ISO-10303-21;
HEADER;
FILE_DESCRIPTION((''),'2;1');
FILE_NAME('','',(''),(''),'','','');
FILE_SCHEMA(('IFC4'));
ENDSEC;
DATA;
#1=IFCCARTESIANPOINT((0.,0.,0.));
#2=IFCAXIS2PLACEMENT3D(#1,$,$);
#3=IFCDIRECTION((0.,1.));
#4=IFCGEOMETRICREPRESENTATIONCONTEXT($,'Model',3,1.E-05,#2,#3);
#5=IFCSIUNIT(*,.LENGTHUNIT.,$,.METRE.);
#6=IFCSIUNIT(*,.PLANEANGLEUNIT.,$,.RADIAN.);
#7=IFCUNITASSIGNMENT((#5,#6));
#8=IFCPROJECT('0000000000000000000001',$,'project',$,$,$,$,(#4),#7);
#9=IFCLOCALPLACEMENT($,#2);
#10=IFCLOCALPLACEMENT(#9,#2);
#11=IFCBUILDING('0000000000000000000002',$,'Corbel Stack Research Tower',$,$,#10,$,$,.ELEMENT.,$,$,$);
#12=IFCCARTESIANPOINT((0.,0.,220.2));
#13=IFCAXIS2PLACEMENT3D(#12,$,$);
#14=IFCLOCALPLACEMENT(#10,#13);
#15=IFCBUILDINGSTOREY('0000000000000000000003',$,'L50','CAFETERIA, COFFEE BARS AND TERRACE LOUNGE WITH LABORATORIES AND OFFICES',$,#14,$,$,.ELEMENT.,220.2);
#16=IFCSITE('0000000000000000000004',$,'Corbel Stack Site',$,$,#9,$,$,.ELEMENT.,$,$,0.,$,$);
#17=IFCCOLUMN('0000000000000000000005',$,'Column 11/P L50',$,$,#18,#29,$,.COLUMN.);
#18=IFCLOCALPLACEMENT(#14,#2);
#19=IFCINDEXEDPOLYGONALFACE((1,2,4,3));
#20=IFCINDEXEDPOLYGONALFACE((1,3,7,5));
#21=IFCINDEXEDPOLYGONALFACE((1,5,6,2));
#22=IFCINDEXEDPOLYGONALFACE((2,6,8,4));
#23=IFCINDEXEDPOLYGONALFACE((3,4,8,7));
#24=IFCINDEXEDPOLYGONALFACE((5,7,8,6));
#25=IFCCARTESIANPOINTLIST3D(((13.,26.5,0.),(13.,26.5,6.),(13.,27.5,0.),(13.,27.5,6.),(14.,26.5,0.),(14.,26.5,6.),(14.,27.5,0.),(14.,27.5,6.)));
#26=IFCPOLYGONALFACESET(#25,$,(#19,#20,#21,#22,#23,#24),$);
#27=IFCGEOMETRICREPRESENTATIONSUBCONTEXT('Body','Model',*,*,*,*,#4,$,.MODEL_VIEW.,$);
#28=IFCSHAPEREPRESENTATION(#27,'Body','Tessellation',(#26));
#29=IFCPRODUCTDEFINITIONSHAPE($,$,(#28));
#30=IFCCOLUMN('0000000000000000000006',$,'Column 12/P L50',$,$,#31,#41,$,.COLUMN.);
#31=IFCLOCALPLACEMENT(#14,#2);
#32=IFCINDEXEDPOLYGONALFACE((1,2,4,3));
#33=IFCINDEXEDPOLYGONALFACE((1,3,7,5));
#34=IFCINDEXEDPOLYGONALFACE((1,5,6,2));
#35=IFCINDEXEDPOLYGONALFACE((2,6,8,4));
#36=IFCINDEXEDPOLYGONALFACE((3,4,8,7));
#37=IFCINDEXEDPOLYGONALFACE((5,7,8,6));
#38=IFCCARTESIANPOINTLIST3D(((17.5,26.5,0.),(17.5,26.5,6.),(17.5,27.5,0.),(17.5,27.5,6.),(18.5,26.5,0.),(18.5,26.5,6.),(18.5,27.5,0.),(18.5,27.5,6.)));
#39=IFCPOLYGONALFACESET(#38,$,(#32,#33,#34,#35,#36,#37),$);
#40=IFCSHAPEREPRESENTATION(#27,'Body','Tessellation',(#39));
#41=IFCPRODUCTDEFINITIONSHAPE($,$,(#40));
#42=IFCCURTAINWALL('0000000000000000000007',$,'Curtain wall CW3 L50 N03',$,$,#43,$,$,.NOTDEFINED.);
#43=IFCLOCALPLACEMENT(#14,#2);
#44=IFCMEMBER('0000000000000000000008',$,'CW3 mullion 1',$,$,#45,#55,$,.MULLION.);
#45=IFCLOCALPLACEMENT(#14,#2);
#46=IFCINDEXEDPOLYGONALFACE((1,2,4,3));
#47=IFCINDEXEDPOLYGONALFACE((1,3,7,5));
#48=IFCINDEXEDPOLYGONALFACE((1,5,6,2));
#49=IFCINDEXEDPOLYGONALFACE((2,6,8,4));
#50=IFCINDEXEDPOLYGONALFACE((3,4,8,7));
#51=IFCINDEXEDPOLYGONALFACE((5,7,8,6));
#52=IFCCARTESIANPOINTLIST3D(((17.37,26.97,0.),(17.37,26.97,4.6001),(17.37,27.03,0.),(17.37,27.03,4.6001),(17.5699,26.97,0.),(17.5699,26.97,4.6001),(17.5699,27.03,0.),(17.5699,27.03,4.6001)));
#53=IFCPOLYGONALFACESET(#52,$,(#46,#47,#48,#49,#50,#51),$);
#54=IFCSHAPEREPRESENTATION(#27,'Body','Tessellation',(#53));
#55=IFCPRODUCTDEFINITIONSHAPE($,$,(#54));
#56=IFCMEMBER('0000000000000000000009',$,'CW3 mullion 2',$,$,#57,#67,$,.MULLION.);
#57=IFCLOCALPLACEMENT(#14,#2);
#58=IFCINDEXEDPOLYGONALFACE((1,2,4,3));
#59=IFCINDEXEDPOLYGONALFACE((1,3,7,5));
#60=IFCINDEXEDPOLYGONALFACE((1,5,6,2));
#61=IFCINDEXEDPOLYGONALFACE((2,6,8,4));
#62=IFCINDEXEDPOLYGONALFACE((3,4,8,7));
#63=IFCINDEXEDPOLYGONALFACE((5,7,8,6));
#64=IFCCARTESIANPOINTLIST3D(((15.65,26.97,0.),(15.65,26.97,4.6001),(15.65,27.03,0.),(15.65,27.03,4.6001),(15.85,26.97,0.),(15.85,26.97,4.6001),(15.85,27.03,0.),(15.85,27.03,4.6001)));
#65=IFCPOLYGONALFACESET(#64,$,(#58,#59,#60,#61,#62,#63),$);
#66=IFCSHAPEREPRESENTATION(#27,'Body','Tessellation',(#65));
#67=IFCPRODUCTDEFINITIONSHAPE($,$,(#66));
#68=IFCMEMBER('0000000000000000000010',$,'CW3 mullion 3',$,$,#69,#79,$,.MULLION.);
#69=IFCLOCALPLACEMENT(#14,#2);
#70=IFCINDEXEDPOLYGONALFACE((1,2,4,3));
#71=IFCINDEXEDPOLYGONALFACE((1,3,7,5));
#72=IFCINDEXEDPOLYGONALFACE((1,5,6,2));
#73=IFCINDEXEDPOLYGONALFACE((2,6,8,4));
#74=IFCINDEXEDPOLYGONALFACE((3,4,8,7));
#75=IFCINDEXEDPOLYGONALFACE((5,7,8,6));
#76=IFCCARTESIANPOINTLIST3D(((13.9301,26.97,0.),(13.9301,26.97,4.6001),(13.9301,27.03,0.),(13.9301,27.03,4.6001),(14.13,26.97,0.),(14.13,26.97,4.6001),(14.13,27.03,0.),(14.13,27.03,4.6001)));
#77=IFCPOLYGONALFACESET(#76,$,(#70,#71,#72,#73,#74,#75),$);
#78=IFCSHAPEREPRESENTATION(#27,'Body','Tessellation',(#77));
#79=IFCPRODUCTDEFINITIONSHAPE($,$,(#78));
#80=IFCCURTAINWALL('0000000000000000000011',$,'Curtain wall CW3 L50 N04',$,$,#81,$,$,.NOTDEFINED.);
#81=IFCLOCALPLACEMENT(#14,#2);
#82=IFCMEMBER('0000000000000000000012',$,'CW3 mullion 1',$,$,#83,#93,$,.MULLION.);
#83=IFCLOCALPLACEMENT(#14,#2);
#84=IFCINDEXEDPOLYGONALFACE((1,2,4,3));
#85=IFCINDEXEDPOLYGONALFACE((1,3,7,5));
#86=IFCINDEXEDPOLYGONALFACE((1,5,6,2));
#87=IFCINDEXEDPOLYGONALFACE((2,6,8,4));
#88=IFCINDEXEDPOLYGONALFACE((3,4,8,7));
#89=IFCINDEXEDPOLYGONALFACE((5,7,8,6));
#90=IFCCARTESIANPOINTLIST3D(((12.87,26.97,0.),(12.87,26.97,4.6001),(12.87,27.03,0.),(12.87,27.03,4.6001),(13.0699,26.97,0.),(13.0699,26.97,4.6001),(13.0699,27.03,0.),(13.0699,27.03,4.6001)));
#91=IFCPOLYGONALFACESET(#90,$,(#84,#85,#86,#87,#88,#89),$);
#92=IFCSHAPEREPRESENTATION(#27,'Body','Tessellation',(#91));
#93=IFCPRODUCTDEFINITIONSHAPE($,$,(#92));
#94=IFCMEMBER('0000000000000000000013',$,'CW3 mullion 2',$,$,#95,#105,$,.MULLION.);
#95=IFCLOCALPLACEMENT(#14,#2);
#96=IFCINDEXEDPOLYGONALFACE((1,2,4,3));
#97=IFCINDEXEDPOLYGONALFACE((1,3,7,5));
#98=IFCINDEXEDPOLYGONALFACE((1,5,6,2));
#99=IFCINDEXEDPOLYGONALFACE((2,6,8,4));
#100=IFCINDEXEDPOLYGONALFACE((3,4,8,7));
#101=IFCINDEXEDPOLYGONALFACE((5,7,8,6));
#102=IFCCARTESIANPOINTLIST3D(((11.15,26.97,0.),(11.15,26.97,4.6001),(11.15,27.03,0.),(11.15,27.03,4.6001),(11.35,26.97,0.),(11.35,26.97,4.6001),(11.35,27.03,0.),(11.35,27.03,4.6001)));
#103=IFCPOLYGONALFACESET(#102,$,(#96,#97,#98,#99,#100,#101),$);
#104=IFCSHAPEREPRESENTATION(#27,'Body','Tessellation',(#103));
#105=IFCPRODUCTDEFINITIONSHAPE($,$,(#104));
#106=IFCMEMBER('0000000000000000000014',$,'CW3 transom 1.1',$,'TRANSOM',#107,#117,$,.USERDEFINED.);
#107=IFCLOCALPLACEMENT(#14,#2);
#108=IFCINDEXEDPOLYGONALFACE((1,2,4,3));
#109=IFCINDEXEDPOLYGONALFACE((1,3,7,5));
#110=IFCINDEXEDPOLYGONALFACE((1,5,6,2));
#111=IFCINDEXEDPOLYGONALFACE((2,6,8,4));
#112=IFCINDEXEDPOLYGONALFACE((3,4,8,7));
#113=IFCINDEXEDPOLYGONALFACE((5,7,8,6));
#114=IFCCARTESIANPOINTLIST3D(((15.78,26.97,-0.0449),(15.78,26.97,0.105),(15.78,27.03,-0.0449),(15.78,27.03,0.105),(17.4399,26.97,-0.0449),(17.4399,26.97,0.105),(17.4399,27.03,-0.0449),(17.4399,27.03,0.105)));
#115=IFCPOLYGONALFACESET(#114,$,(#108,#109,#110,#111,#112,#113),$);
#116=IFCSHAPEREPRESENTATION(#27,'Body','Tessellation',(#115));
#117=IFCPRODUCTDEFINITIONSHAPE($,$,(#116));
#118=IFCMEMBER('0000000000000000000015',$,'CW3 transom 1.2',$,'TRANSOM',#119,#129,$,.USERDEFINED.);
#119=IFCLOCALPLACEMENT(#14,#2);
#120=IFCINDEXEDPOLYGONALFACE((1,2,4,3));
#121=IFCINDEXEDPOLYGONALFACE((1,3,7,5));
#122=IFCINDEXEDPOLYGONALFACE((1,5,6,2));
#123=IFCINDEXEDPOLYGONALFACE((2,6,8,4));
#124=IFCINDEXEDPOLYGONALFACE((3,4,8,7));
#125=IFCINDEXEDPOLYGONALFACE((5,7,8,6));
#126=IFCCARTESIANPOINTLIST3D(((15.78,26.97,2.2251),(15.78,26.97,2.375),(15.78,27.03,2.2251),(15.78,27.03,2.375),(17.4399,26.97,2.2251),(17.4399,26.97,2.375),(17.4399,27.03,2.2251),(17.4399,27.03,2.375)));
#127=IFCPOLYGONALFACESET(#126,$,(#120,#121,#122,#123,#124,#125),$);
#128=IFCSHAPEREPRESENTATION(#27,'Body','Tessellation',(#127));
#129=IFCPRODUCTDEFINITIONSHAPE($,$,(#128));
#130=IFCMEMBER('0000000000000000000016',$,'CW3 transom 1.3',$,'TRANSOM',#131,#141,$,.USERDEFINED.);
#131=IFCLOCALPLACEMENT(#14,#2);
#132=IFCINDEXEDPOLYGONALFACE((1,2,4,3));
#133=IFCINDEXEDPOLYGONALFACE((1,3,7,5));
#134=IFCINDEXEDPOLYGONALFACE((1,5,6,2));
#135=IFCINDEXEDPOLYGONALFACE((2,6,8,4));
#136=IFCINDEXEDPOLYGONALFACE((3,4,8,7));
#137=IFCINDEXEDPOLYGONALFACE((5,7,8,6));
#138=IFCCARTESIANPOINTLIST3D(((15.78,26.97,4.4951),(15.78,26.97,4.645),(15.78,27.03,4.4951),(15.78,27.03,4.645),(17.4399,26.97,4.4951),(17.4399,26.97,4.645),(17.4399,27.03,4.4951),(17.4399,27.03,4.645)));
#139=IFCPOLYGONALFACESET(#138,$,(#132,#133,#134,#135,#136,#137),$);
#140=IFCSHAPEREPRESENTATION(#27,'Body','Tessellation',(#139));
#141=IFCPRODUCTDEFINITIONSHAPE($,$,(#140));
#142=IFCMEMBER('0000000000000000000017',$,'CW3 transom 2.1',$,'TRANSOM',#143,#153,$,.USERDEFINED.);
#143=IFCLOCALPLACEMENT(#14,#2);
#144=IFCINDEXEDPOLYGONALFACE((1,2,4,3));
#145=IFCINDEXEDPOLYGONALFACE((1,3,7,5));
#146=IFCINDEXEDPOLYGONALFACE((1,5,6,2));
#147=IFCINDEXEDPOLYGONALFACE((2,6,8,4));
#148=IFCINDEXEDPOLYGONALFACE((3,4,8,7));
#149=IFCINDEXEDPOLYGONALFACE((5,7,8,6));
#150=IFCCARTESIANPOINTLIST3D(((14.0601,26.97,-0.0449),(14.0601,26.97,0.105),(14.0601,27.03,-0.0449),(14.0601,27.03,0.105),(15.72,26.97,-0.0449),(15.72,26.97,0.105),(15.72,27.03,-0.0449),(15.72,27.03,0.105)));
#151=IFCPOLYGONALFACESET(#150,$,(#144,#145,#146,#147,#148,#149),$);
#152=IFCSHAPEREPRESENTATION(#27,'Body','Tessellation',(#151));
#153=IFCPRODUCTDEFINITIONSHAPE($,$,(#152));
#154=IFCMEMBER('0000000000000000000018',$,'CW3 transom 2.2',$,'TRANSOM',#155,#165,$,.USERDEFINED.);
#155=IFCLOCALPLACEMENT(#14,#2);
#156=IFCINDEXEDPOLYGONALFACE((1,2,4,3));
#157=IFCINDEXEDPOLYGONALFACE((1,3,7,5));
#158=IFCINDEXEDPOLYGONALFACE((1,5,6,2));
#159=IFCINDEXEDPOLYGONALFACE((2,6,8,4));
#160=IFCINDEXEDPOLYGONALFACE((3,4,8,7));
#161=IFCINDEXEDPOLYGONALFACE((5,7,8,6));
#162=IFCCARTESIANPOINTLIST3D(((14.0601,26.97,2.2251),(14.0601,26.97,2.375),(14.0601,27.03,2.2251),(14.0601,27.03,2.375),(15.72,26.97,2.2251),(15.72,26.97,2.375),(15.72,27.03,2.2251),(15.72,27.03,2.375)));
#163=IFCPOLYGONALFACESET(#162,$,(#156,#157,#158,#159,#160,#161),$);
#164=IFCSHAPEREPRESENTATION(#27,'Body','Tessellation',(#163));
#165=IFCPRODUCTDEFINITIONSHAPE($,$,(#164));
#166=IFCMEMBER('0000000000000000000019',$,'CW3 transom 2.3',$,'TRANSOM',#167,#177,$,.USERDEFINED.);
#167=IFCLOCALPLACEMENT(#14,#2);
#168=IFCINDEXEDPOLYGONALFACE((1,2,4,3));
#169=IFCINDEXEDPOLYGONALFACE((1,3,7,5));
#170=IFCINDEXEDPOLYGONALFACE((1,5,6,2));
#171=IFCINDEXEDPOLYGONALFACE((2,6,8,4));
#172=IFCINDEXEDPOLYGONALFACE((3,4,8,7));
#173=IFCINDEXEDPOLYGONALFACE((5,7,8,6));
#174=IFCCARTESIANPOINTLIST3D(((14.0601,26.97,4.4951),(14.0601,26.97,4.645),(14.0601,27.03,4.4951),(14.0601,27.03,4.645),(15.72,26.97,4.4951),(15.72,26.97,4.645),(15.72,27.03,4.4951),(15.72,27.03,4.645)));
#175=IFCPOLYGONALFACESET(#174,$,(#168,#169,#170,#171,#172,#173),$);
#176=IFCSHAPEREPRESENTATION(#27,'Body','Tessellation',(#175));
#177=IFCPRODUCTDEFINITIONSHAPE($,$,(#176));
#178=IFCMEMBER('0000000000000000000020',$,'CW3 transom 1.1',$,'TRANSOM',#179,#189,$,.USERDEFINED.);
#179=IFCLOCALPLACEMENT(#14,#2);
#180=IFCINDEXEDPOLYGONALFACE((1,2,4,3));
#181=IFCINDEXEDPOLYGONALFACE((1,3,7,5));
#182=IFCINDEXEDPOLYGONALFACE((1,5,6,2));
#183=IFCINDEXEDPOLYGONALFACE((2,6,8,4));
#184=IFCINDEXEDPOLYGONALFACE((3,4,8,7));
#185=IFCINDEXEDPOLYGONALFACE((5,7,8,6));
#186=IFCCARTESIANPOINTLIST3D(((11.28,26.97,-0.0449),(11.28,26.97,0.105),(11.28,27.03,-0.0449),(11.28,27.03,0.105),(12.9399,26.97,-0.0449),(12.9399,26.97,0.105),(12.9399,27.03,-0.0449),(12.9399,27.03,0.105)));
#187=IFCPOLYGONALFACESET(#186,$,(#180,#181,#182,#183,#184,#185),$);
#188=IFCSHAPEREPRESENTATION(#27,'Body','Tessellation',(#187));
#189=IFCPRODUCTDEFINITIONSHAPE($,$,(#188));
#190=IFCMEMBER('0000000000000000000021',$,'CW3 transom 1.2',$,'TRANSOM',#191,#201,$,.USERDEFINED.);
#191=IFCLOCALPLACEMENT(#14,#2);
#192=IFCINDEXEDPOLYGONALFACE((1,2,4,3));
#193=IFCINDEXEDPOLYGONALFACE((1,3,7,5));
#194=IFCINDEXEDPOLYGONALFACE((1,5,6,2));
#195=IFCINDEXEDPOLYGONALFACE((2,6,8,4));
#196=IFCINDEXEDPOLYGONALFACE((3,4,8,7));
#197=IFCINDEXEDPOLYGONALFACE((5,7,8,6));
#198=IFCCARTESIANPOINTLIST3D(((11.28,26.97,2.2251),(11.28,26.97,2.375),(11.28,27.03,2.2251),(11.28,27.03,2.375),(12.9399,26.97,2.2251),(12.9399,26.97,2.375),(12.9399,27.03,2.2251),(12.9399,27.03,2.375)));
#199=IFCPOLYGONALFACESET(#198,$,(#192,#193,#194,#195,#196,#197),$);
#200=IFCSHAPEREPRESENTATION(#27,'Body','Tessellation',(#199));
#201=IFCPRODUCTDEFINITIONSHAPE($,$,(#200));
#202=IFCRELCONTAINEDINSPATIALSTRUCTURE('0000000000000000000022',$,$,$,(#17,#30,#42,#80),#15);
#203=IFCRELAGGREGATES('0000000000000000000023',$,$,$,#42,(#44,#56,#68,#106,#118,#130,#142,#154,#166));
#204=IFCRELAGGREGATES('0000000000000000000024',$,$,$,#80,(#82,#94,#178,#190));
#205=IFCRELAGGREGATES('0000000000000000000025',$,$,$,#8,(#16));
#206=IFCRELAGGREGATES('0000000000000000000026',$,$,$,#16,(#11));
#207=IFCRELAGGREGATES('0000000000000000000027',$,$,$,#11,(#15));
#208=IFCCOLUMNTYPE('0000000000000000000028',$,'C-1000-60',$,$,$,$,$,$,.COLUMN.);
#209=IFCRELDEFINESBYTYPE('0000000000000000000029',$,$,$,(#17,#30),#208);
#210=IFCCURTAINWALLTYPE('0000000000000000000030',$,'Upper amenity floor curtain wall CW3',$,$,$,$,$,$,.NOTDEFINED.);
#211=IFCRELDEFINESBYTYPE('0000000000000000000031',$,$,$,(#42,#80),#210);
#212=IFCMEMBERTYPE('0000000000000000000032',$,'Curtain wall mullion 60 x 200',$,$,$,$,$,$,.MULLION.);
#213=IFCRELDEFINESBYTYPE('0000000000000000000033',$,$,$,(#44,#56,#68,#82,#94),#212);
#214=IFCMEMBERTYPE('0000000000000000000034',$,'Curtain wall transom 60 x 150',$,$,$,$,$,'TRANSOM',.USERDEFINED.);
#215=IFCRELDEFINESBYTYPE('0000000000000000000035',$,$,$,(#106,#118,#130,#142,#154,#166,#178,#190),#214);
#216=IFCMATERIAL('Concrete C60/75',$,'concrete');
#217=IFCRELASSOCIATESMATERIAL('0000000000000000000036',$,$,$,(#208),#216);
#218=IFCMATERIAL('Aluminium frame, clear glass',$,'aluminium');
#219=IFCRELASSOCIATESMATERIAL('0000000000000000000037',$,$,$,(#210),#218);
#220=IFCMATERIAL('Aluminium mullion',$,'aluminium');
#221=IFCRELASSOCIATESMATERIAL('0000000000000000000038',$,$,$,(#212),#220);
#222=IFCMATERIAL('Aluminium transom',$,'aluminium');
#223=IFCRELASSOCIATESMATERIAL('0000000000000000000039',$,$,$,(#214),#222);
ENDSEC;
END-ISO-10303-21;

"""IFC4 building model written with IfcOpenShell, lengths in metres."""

from ifc_helpers import new_model, si_unit, direction, frame, origin, origin_2d, place, context, subcontext, project, spatial, rectangle, extrude, material, material_profile, profile_set, type_object, element, aggregate, save


model = new_model("IFC4")

# Units and contexts
model_context = context("Model", 3, precision=1e-05, world=origin(), true_north=direction((0.0, 1.0)))
body_context = subcontext(model_context, "Body", "Model", "MODEL_VIEW")
ifc_project = project(units=[si_unit("LENGTHUNIT", "METRE"), si_unit("PLANEANGLEUNIT", "RADIAN")], contexts=[model_context])

# Site, building, storey
site_placement = place(None, origin())
site = spatial("IfcSite", under=ifc_project, at=site_placement, Name="Corbel Stack Site", CompositionType="ELEMENT", RefElevation=0.0)
building_placement = place(site_placement, origin())
building = spatial("IfcBuilding", under=site, at=building_placement, Name="Corbel Stack Research Tower", CompositionType="ELEMENT")
storey_placement = place(building_placement, frame((0.0, 0.0, 220.2)))
storey = spatial("IfcBuildingStorey", under=building, at=storey_placement, Name="L50", Description="CAFETERIA, COFFEE BARS AND TERRACE LOUNGE WITH LABORATORIES AND OFFICES", CompositionType="ELEMENT", Elevation=220.2)

# Columns
ifc_material_1 = material(Name="Concrete C60/75", Category="concrete")
ifc_material_profile_1 = material_profile(ifc_material_1, rectangle(XDim=1.0, YDim=1.0, at=origin_2d()), Name="RC 1000 x 1000")
ifc_profile_set_1 = profile_set([ifc_material_profile_1], Name="Concrete C60/75")
column_type = type_object("IfcColumnType", Name="C-1000-60", PredefinedType="COLUMN", material=ifc_profile_set_1)
for number, where, z_axis, x_axis, name in (
    (1, (13.5, 27.0, 0.0), (0.0, 0.0, 1.0), (1.0, 0.0, 0.0), "Column 11/P L50"),
    (2, (18.0, 27.0, 0.0), (0.0, 0.0, 1.0), (1.0, 0.0, 0.0), "Column 12/P L50"),
):
    element("IfcColumn", number, at=place(storey_placement, frame(where, z_axis=z_axis, x_axis=x_axis)), inside=storey, type_object=column_type, Name=name, PredefinedType="COLUMN", context=body_context, shape_type="SweptSolid", body=[
        extrude(rectangle(XDim=1.0, YDim=1.0, at=origin_2d()), origin(), (0.0, 0.0, 1.0), 6.0),
    ])

# Curtain walls, members
ifc_material_2 = material(Name="Aluminium frame, clear glass", Category="aluminium")
curtain_wall_type = type_object("IfcCurtainWallType", Name="Upper amenity floor curtain wall CW3", PredefinedType="NOTDEFINED", material=ifc_material_2)
curtain_wall_1_placement = place(storey_placement, origin())
curtain_wall_1 = element("IfcCurtainWall", 3, at=curtain_wall_1_placement, inside=storey, type_object=curtain_wall_type, Name="Curtain wall CW3 L50 N03", PredefinedType="NOTDEFINED")
ifc_material_3 = material(Name="Aluminium mullion", Category="aluminium")
ifc_material_profile_2 = material_profile(ifc_material_3, rectangle(XDim=0.0601, YDim=0.2, at=origin_2d()), Name="Mullion 60 x 200")
ifc_profile_set_2 = profile_set([ifc_material_profile_2], Name="Aluminium mullion")
member_type_1 = type_object("IfcMemberType", Name="Curtain wall mullion 60 x 200", PredefinedType="MULLION", material=ifc_profile_set_2)
member_1_placement = place(storey_placement, frame((17.47, 27.0, 0.0), z_axis=(0.0, 0.0, 1.0), x_axis=(0.0, -1.0, 0.0)))
member_1 = element("IfcMember", 4, at=member_1_placement, type_object=member_type_1, Name="CW3 mullion 1", PredefinedType="MULLION", context=body_context, shape_type="SweptSolid", body=[
    extrude(rectangle(XDim=0.0601, YDim=0.2, at=origin_2d()), origin(), (0.0, 0.0, 1.0), 4.6001),
])
member_2_placement = place(storey_placement, frame((15.75, 27.0, 0.0), z_axis=(0.0, 0.0, 1.0), x_axis=(0.0, -1.0, 0.0)))
member_2 = element("IfcMember", 5, at=member_2_placement, type_object=member_type_1, Name="CW3 mullion 2", PredefinedType="MULLION", context=body_context, shape_type="SweptSolid", body=[
    extrude(rectangle(XDim=0.0601, YDim=0.2, at=origin_2d()), origin(), (0.0, 0.0, 1.0), 4.6001),
])
member_3_placement = place(storey_placement, frame((14.03, 27.0, 0.0), z_axis=(0.0, 0.0, 1.0), x_axis=(0.0, -1.0, 0.0)))
member_3 = element("IfcMember", 6, at=member_3_placement, type_object=member_type_1, Name="CW3 mullion 3", PredefinedType="MULLION", context=body_context, shape_type="SweptSolid", body=[
    extrude(rectangle(XDim=0.0601, YDim=0.2, at=origin_2d()), origin(), (0.0, 0.0, 1.0), 4.6001),
])
curtain_wall_2_placement = place(storey_placement, origin())
curtain_wall_2 = element("IfcCurtainWall", 7, at=curtain_wall_2_placement, inside=storey, type_object=curtain_wall_type, Name="Curtain wall CW3 L50 N04", PredefinedType="NOTDEFINED")
member_4_placement = place(storey_placement, frame((12.97, 27.0, 0.0), z_axis=(0.0, 0.0, 1.0), x_axis=(0.0, -1.0, 0.0)))
member_4 = element("IfcMember", 8, at=member_4_placement, type_object=member_type_1, Name="CW3 mullion 1", PredefinedType="MULLION", context=body_context, shape_type="SweptSolid", body=[
    extrude(rectangle(XDim=0.0601, YDim=0.2, at=origin_2d()), origin(), (0.0, 0.0, 1.0), 4.6001),
])
member_5_placement = place(storey_placement, frame((11.25, 27.0, 0.0), z_axis=(0.0, 0.0, 1.0), x_axis=(0.0, -1.0, 0.0)))
member_5 = element("IfcMember", 9, at=member_5_placement, type_object=member_type_1, Name="CW3 mullion 2", PredefinedType="MULLION", context=body_context, shape_type="SweptSolid", body=[
    extrude(rectangle(XDim=0.0601, YDim=0.2, at=origin_2d()), origin(), (0.0, 0.0, 1.0), 4.6001),
])

# Members
ifc_material_4 = material(Name="Aluminium transom", Category="aluminium")
ifc_material_profile_3 = material_profile(ifc_material_4, rectangle(XDim=0.0601, YDim=0.1499, at=origin_2d()), Name="Transom 60 x 150")
ifc_profile_set_3 = profile_set([ifc_material_profile_3], Name="Aluminium transom")
member_type_2 = type_object("IfcMemberType", Name="Curtain wall transom 60 x 150", ElementType="TRANSOM", PredefinedType="USERDEFINED", material=ifc_profile_set_3)
member_6_placement = place(storey_placement, frame((17.4399, 27.0, 0.03), z_axis=(-1.0, 0.0, 0.0), x_axis=(0.0, -1.0, 0.0)))
member_6 = element("IfcMember", 10, at=member_6_placement, type_object=member_type_2, Name="CW3 transom 1.1", ObjectType="TRANSOM", PredefinedType="USERDEFINED", context=body_context, shape_type="SweptSolid", body=[
    extrude(rectangle(XDim=0.0601, YDim=0.1499, at=origin_2d()), origin(), (0.0, 0.0, 1.0), 1.6599),
])
member_7_placement = place(storey_placement, frame((17.4399, 27.0, 2.3), z_axis=(-1.0, 0.0, 0.0), x_axis=(0.0, -1.0, 0.0)))
member_7 = element("IfcMember", 11, at=member_7_placement, type_object=member_type_2, Name="CW3 transom 1.2", ObjectType="TRANSOM", PredefinedType="USERDEFINED", context=body_context, shape_type="SweptSolid", body=[
    extrude(rectangle(XDim=0.0601, YDim=0.1499, at=origin_2d()), origin(), (0.0, 0.0, 1.0), 1.6599),
])
member_8_placement = place(storey_placement, frame((17.4399, 27.0, 4.5701), z_axis=(-1.0, 0.0, 0.0), x_axis=(0.0, -1.0, 0.0)))
member_8 = element("IfcMember", 12, at=member_8_placement, type_object=member_type_2, Name="CW3 transom 1.3", ObjectType="TRANSOM", PredefinedType="USERDEFINED", context=body_context, shape_type="SweptSolid", body=[
    extrude(rectangle(XDim=0.0601, YDim=0.1499, at=origin_2d()), origin(), (0.0, 0.0, 1.0), 1.6599),
])
member_9_placement = place(storey_placement, frame((15.72, 27.0, 0.03), z_axis=(-1.0, 0.0, 0.0), x_axis=(0.0, -1.0, 0.0)))
member_9 = element("IfcMember", 13, at=member_9_placement, type_object=member_type_2, Name="CW3 transom 2.1", ObjectType="TRANSOM", PredefinedType="USERDEFINED", context=body_context, shape_type="SweptSolid", body=[
    extrude(rectangle(XDim=0.0601, YDim=0.1499, at=origin_2d()), origin(), (0.0, 0.0, 1.0), 1.6599),
])
member_10_placement = place(storey_placement, frame((15.72, 27.0, 2.3), z_axis=(-1.0, 0.0, 0.0), x_axis=(0.0, -1.0, 0.0)))
member_10 = element("IfcMember", 14, at=member_10_placement, type_object=member_type_2, Name="CW3 transom 2.2", ObjectType="TRANSOM", PredefinedType="USERDEFINED", context=body_context, shape_type="SweptSolid", body=[
    extrude(rectangle(XDim=0.0601, YDim=0.1499, at=origin_2d()), origin(), (0.0, 0.0, 1.0), 1.6599),
])
member_11_placement = place(storey_placement, frame((15.72, 27.0, 4.5701), z_axis=(-1.0, 0.0, 0.0), x_axis=(0.0, -1.0, 0.0)))
member_11 = element("IfcMember", 15, at=member_11_placement, type_object=member_type_2, Name="CW3 transom 2.3", ObjectType="TRANSOM", PredefinedType="USERDEFINED", context=body_context, shape_type="SweptSolid", body=[
    extrude(rectangle(XDim=0.0601, YDim=0.1499, at=origin_2d()), origin(), (0.0, 0.0, 1.0), 1.6599),
])
member_12_placement = place(storey_placement, frame((12.9399, 27.0, 0.03), z_axis=(-1.0, 0.0, 0.0), x_axis=(0.0, -1.0, 0.0)))
member_12 = element("IfcMember", 16, at=member_12_placement, type_object=member_type_2, Name="CW3 transom 1.1", ObjectType="TRANSOM", PredefinedType="USERDEFINED", context=body_context, shape_type="SweptSolid", body=[
    extrude(rectangle(XDim=0.0601, YDim=0.1499, at=origin_2d()), origin(), (0.0, 0.0, 1.0), 1.6599),
])
member_13_placement = place(storey_placement, frame((12.9399, 27.0, 2.3), z_axis=(-1.0, 0.0, 0.0), x_axis=(0.0, -1.0, 0.0)))
member_13 = element("IfcMember", 17, at=member_13_placement, type_object=member_type_2, Name="CW3 transom 1.2", ObjectType="TRANSOM", PredefinedType="USERDEFINED", context=body_context, shape_type="SweptSolid", body=[
    extrude(rectangle(XDim=0.0601, YDim=0.1499, at=origin_2d()), origin(), (0.0, 0.0, 1.0), 1.6599),
])

aggregate(curtain_wall_1, [member_1, member_2, member_3, member_6, member_7, member_8, member_9, member_10, member_11])
aggregate(curtain_wall_2, [member_4, member_5, member_12, member_13])

save(model, "model.ifc")
